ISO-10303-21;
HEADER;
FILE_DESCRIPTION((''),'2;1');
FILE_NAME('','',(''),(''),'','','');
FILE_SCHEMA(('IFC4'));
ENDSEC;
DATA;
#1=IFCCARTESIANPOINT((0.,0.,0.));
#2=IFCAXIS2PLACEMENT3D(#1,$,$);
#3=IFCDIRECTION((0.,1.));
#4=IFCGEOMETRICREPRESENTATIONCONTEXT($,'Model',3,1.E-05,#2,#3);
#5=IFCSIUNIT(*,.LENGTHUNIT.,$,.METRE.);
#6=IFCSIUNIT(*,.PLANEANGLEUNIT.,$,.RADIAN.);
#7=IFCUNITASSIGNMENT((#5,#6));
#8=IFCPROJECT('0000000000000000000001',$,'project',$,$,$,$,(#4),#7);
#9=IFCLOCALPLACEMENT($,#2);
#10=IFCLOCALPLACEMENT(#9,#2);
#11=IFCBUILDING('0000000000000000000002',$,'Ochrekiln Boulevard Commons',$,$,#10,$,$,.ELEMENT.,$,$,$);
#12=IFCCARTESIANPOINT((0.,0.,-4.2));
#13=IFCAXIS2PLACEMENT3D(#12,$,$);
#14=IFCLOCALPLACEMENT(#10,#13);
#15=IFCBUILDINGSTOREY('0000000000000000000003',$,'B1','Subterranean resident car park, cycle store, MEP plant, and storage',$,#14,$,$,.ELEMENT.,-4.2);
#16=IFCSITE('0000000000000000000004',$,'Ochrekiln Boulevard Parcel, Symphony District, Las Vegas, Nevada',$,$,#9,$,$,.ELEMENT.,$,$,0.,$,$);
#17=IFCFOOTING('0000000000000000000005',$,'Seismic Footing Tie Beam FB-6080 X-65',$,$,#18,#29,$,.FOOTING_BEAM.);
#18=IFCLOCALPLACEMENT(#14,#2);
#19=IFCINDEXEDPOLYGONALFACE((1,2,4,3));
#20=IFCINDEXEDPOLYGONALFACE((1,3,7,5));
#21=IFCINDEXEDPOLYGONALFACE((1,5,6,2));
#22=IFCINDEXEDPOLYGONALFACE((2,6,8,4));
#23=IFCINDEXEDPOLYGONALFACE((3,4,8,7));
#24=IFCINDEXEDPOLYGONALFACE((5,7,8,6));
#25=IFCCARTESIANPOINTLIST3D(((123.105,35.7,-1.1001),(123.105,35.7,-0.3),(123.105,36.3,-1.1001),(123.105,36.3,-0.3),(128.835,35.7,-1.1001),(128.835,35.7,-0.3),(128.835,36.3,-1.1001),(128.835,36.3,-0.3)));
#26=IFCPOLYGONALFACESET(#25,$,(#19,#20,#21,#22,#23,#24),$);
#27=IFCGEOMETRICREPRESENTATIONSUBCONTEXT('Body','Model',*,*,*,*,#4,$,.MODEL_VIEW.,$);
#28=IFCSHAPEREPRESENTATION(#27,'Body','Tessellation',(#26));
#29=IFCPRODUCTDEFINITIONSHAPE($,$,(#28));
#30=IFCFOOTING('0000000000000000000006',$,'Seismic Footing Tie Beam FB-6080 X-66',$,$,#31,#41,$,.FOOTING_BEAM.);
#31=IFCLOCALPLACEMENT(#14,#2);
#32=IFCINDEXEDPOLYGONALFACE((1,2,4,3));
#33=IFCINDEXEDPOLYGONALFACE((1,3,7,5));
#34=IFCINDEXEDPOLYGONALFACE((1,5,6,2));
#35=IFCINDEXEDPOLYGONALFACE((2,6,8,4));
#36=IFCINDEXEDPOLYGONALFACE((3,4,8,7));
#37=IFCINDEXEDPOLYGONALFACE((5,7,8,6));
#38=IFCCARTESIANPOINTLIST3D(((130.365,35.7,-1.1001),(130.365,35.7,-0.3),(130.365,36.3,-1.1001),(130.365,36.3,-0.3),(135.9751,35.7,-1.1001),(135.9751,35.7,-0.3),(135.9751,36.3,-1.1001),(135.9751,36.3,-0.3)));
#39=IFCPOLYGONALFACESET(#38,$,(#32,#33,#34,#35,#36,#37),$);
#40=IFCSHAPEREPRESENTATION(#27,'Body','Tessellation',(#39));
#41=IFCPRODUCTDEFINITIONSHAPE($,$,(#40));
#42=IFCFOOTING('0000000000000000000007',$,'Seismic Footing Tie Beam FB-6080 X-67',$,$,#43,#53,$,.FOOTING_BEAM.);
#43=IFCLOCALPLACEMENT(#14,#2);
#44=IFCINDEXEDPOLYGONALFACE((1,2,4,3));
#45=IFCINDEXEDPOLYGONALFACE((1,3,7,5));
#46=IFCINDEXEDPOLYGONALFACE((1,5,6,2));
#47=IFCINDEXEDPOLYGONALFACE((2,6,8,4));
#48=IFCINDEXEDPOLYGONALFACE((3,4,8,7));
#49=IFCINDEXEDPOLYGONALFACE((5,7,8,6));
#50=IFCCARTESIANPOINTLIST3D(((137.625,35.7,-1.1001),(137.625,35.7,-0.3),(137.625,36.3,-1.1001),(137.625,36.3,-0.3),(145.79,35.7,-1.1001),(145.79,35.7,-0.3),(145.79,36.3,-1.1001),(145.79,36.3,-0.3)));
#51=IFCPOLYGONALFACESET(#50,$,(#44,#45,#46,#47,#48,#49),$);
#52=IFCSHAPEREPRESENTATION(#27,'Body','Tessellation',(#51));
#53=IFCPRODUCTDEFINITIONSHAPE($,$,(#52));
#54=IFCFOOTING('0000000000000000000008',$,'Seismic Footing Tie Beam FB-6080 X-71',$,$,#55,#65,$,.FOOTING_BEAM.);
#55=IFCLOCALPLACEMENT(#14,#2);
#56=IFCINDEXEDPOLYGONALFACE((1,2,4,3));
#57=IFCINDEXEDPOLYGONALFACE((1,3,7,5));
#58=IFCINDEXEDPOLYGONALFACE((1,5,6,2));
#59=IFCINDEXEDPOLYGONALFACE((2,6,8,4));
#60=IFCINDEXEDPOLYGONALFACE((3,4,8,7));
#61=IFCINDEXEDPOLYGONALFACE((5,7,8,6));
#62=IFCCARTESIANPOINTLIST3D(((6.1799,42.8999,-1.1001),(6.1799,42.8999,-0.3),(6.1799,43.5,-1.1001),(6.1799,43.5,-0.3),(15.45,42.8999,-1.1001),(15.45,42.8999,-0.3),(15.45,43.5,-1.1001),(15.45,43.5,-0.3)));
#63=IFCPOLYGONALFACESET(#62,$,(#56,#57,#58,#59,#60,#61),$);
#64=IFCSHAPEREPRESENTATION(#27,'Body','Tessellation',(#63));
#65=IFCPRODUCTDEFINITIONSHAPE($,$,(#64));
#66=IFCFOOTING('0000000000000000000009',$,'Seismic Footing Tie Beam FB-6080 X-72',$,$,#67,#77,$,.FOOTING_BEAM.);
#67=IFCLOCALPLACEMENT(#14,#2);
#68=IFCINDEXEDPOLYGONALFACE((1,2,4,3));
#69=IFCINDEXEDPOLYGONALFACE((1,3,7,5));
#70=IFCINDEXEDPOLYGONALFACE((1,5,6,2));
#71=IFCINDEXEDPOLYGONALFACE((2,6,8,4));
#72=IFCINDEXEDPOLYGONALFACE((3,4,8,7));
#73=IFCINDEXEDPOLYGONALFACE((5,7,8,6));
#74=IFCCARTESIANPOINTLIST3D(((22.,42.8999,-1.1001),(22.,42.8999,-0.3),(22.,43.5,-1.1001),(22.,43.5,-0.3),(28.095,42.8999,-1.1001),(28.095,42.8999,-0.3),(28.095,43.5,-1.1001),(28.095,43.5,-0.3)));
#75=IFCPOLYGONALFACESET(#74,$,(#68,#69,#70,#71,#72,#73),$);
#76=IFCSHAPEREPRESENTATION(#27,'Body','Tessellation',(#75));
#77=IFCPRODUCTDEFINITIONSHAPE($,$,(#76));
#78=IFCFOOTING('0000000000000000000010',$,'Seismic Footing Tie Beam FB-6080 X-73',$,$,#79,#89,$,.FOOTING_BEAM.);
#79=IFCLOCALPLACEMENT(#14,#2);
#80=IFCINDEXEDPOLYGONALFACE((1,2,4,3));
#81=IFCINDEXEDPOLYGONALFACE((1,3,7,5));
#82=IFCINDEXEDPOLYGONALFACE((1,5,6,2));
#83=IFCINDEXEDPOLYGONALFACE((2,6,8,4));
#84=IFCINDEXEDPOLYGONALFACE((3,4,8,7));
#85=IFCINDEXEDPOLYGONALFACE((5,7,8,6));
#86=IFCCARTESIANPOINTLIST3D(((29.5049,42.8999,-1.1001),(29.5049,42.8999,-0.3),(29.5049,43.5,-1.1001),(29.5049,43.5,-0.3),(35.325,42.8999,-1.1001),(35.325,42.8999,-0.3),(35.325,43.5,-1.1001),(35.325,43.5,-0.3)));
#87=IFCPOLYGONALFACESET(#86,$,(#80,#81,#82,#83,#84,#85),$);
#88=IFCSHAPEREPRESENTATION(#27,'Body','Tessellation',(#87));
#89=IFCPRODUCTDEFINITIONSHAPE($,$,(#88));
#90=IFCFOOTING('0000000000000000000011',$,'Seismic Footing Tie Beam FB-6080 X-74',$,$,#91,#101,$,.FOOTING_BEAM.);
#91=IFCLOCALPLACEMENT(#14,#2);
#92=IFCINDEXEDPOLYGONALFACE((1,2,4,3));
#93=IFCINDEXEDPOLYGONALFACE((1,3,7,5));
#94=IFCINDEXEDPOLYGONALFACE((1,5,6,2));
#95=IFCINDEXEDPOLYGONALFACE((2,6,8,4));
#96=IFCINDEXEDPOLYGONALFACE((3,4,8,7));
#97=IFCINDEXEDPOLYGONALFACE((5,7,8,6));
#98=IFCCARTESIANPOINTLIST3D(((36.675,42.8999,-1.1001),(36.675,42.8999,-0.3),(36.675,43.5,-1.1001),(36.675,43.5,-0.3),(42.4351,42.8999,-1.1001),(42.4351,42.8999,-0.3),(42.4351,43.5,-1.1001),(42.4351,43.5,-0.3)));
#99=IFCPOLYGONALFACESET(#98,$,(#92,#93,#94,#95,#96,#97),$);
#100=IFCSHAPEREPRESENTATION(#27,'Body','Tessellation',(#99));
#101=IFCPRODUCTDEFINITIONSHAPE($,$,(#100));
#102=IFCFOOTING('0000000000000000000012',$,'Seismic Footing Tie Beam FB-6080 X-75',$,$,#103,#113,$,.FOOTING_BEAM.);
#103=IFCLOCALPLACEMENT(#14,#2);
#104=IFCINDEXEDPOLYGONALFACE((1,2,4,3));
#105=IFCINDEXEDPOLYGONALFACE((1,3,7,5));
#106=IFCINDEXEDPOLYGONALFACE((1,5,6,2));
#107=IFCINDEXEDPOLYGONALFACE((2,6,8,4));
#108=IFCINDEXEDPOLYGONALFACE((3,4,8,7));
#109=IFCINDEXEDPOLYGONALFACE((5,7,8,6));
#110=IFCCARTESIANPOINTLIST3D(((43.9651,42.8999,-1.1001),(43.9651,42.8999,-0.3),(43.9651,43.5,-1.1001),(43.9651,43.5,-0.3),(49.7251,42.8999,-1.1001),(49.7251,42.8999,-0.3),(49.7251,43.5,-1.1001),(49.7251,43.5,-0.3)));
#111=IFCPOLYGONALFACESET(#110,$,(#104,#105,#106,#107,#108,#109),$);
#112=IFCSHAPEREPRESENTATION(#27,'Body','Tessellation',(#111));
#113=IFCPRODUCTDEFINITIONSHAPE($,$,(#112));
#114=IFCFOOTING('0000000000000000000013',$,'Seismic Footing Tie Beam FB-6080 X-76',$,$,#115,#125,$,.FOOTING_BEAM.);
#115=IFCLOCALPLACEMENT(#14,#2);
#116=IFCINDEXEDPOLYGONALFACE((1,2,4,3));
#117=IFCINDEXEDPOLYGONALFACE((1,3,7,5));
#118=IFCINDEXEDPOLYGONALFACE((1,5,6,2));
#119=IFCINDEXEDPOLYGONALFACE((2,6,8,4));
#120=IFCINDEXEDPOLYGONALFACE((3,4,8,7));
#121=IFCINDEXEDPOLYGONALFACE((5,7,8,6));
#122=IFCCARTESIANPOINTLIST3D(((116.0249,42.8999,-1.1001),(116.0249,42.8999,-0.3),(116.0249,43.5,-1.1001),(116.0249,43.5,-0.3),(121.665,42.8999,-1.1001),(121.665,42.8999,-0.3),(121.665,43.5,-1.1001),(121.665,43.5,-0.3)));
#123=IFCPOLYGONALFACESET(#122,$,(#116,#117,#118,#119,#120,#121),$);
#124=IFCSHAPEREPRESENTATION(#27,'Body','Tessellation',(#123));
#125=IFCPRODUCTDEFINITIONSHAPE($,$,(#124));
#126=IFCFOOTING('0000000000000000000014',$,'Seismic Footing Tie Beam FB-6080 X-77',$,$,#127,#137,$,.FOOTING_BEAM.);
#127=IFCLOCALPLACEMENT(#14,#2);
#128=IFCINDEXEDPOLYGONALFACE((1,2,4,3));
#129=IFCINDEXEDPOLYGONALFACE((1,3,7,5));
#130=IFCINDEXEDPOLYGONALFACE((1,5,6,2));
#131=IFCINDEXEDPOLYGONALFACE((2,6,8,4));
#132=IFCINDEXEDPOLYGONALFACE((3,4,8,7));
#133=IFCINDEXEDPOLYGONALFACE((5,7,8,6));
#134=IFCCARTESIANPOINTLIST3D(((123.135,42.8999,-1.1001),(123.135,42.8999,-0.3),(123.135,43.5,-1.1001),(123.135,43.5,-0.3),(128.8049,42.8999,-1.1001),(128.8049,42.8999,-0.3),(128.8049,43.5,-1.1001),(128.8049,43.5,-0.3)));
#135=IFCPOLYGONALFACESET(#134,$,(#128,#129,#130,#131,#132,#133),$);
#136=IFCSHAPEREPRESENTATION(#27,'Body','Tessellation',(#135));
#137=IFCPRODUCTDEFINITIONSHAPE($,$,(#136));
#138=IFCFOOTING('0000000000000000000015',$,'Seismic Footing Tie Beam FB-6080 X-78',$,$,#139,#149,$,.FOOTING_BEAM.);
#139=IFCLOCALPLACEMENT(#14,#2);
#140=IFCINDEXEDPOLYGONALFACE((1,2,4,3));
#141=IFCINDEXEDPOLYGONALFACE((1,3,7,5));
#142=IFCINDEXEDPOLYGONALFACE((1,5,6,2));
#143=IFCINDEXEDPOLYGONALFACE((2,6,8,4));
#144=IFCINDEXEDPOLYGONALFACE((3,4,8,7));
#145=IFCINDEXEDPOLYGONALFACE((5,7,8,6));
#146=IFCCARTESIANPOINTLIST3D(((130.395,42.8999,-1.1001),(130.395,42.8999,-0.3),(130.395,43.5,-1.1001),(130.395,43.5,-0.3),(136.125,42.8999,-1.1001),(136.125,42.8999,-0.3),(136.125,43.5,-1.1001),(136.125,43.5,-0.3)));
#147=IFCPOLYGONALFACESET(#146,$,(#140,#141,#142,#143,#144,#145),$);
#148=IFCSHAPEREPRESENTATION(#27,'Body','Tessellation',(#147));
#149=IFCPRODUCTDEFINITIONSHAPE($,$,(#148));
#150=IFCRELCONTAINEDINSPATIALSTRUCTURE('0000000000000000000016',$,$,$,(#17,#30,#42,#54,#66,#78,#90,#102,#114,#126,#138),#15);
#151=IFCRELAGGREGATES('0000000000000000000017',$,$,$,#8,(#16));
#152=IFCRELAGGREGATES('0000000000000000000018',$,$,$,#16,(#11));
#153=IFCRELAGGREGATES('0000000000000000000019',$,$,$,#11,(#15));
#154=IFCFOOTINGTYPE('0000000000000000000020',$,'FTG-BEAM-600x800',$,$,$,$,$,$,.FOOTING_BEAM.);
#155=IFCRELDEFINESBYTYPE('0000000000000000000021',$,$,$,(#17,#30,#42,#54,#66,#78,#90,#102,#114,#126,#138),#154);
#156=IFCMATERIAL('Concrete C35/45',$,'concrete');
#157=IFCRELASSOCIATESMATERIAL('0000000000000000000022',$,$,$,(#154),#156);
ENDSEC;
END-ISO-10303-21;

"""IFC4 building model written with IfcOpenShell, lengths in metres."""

from ifc_helpers import new_model, si_unit, direction, frame, origin, place, context, subcontext, project, spatial, polyline, outline, extrude, material, type_object, element, save


model = new_model("IFC4")

# Units and contexts
model_context = context("Model", 3, precision=1e-05, world=origin(), true_north=direction((0.0, 1.0)))
body_context = subcontext(model_context, "Body", "Model", "MODEL_VIEW")
ifc_project = project(units=[si_unit("LENGTHUNIT", "METRE"), si_unit("PLANEANGLEUNIT", "RADIAN")], contexts=[model_context])

# Site, building, storey
site_placement = place(None, origin())
site = spatial("IfcSite", under=ifc_project, at=site_placement, Name="Ochrekiln Boulevard Parcel, Symphony District, Las Vegas, Nevada", CompositionType="ELEMENT", RefElevation=0.0)
building_placement = place(site_placement, origin())
building = spatial("IfcBuilding", under=site, at=building_placement, Name="Ochrekiln Boulevard Commons", CompositionType="ELEMENT")
storey_placement = place(building_placement, frame((0.0, 0.0, -4.2)))
storey = spatial("IfcBuildingStorey", under=building, at=storey_placement, Name="B1", Description="Subterranean resident car park, cycle store, MEP plant, and storage", CompositionType="ELEMENT", Elevation=-4.2)

# Footings
ifc_material = material(Name="Concrete C35/45", Category="concrete")
footing_type = type_object("IfcFootingType", Name="FTG-BEAM-600x800", PredefinedType="FOOTING_BEAM", material=ifc_material)
footing_1_placement = place(storey_placement, frame((0.0, 0.0, -1.1001)))
element("IfcFooting", 1, at=footing_1_placement, inside=storey, type_object=footing_type, Name="Seismic Footing Tie Beam FB-6080 X-65", PredefinedType="FOOTING_BEAM", context=body_context, shape_type="SweptSolid", body=[
    extrude(outline(polyline([(123.105, 35.7), (128.835, 35.7), (128.835, 36.3), (123.105, 36.3), (123.105, 35.7)])), origin(), (0.0, 0.0, 1.0), 0.8),
])
footing_2_placement = place(storey_placement, frame((0.0, 0.0, -1.1001)))
element("IfcFooting", 2, at=footing_2_placement, inside=storey, type_object=footing_type, Name="Seismic Footing Tie Beam FB-6080 X-66", PredefinedType="FOOTING_BEAM", context=body_context, shape_type="SweptSolid", body=[
    extrude(outline(polyline([(130.365, 35.7), (135.9751, 35.7), (135.9751, 36.3), (130.365, 36.3), (130.365, 35.7)])), origin(), (0.0, 0.0, 1.0), 0.8),
])
footing_3_placement = place(storey_placement, frame((0.0, 0.0, -1.1001)))
element("IfcFooting", 3, at=footing_3_placement, inside=storey, type_object=footing_type, Name="Seismic Footing Tie Beam FB-6080 X-67", PredefinedType="FOOTING_BEAM", context=body_context, shape_type="SweptSolid", body=[
    extrude(outline(polyline([(137.625, 35.7), (145.79, 35.7), (145.79, 36.3), (137.625, 36.3), (137.625, 35.7)])), origin(), (0.0, 0.0, 1.0), 0.8),
])
footing_4_placement = place(storey_placement, frame((0.0, 0.0, -1.1001)))
element("IfcFooting", 4, at=footing_4_placement, inside=storey, type_object=footing_type, Name="Seismic Footing Tie Beam FB-6080 X-71", PredefinedType="FOOTING_BEAM", context=body_context, shape_type="SweptSolid", body=[
    extrude(outline(polyline([(6.1799, 42.8999), (15.45, 42.8999), (15.45, 43.5), (6.1799, 43.5), (6.1799, 42.8999)])), origin(), (0.0, 0.0, 1.0), 0.8),
])
footing_5_placement = place(storey_placement, frame((0.0, 0.0, -1.1001)))
element("IfcFooting", 5, at=footing_5_placement, inside=storey, type_object=footing_type, Name="Seismic Footing Tie Beam FB-6080 X-72", PredefinedType="FOOTING_BEAM", context=body_context, shape_type="SweptSolid", body=[
    extrude(outline(polyline([(22.0, 42.8999), (28.095, 42.8999), (28.095, 43.5), (22.0, 43.5), (22.0, 42.8999)])), origin(), (0.0, 0.0, 1.0), 0.8),
])
footing_6_placement = place(storey_placement, frame((0.0, 0.0, -1.1001)))
element("IfcFooting", 6, at=footing_6_placement, inside=storey, type_object=footing_type, Name="Seismic Footing Tie Beam FB-6080 X-73", PredefinedType="FOOTING_BEAM", context=body_context, shape_type="SweptSolid", body=[
    extrude(outline(polyline([(29.5049, 42.8999), (35.325, 42.8999), (35.325, 43.5), (29.5049, 43.5), (29.5049, 42.8999)])), origin(), (0.0, 0.0, 1.0), 0.8),
])
footing_7_placement = place(storey_placement, frame((0.0, 0.0, -1.1001)))
element("IfcFooting", 7, at=footing_7_placement, inside=storey, type_object=footing_type, Name="Seismic Footing Tie Beam FB-6080 X-74", PredefinedType="FOOTING_BEAM", context=body_context, shape_type="SweptSolid", body=[
    extrude(outline(polyline([(36.675, 42.8999), (42.4351, 42.8999), (42.4351, 43.5), (36.675, 43.5), (36.675, 42.8999)])), origin(), (0.0, 0.0, 1.0), 0.8),
])
footing_8_placement = place(storey_placement, frame((0.0, 0.0, -1.1001)))
element("IfcFooting", 8, at=footing_8_placement, inside=storey, type_object=footing_type, Name="Seismic Footing Tie Beam FB-6080 X-75", PredefinedType="FOOTING_BEAM", context=body_context, shape_type="SweptSolid", body=[
    extrude(outline(polyline([(43.9651, 42.8999), (49.7251, 42.8999), (49.7251, 43.5), (43.9651, 43.5), (43.9651, 42.8999)])), origin(), (0.0, 0.0, 1.0), 0.8),
])
footing_9_placement = place(storey_placement, frame((0.0, 0.0, -1.1001)))
element("IfcFooting", 9, at=footing_9_placement, inside=storey, type_object=footing_type, Name="Seismic Footing Tie Beam FB-6080 X-76", PredefinedType="FOOTING_BEAM", context=body_context, shape_type="SweptSolid", body=[
    extrude(outline(polyline([(116.0249, 42.8999), (121.665, 42.8999), (121.665, 43.5), (116.0249, 43.5), (116.0249, 42.8999)])), origin(), (0.0, 0.0, 1.0), 0.8),
])
footing_10_placement = place(storey_placement, frame((0.0, 0.0, -1.1001)))
element("IfcFooting", 10, at=footing_10_placement, inside=storey, type_object=footing_type, Name="Seismic Footing Tie Beam FB-6080 X-77", PredefinedType="FOOTING_BEAM", context=body_context, shape_type="SweptSolid", body=[
    extrude(outline(polyline([(123.135, 42.8999), (128.8049, 42.8999), (128.8049, 43.5), (123.135, 43.5), (123.135, 42.8999)])), origin(), (0.0, 0.0, 1.0), 0.8),
])
footing_11_placement = place(storey_placement, frame((0.0, 0.0, -1.1001)))
element("IfcFooting", 11, at=footing_11_placement, inside=storey, type_object=footing_type, Name="Seismic Footing Tie Beam FB-6080 X-78", PredefinedType="FOOTING_BEAM", context=body_context, shape_type="SweptSolid", body=[
    extrude(outline(polyline([(130.395, 42.8999), (136.125, 42.8999), (136.125, 43.5), (130.395, 43.5), (130.395, 42.8999)])), origin(), (0.0, 0.0, 1.0), 0.8),
])

save(model, "model.ifc")
